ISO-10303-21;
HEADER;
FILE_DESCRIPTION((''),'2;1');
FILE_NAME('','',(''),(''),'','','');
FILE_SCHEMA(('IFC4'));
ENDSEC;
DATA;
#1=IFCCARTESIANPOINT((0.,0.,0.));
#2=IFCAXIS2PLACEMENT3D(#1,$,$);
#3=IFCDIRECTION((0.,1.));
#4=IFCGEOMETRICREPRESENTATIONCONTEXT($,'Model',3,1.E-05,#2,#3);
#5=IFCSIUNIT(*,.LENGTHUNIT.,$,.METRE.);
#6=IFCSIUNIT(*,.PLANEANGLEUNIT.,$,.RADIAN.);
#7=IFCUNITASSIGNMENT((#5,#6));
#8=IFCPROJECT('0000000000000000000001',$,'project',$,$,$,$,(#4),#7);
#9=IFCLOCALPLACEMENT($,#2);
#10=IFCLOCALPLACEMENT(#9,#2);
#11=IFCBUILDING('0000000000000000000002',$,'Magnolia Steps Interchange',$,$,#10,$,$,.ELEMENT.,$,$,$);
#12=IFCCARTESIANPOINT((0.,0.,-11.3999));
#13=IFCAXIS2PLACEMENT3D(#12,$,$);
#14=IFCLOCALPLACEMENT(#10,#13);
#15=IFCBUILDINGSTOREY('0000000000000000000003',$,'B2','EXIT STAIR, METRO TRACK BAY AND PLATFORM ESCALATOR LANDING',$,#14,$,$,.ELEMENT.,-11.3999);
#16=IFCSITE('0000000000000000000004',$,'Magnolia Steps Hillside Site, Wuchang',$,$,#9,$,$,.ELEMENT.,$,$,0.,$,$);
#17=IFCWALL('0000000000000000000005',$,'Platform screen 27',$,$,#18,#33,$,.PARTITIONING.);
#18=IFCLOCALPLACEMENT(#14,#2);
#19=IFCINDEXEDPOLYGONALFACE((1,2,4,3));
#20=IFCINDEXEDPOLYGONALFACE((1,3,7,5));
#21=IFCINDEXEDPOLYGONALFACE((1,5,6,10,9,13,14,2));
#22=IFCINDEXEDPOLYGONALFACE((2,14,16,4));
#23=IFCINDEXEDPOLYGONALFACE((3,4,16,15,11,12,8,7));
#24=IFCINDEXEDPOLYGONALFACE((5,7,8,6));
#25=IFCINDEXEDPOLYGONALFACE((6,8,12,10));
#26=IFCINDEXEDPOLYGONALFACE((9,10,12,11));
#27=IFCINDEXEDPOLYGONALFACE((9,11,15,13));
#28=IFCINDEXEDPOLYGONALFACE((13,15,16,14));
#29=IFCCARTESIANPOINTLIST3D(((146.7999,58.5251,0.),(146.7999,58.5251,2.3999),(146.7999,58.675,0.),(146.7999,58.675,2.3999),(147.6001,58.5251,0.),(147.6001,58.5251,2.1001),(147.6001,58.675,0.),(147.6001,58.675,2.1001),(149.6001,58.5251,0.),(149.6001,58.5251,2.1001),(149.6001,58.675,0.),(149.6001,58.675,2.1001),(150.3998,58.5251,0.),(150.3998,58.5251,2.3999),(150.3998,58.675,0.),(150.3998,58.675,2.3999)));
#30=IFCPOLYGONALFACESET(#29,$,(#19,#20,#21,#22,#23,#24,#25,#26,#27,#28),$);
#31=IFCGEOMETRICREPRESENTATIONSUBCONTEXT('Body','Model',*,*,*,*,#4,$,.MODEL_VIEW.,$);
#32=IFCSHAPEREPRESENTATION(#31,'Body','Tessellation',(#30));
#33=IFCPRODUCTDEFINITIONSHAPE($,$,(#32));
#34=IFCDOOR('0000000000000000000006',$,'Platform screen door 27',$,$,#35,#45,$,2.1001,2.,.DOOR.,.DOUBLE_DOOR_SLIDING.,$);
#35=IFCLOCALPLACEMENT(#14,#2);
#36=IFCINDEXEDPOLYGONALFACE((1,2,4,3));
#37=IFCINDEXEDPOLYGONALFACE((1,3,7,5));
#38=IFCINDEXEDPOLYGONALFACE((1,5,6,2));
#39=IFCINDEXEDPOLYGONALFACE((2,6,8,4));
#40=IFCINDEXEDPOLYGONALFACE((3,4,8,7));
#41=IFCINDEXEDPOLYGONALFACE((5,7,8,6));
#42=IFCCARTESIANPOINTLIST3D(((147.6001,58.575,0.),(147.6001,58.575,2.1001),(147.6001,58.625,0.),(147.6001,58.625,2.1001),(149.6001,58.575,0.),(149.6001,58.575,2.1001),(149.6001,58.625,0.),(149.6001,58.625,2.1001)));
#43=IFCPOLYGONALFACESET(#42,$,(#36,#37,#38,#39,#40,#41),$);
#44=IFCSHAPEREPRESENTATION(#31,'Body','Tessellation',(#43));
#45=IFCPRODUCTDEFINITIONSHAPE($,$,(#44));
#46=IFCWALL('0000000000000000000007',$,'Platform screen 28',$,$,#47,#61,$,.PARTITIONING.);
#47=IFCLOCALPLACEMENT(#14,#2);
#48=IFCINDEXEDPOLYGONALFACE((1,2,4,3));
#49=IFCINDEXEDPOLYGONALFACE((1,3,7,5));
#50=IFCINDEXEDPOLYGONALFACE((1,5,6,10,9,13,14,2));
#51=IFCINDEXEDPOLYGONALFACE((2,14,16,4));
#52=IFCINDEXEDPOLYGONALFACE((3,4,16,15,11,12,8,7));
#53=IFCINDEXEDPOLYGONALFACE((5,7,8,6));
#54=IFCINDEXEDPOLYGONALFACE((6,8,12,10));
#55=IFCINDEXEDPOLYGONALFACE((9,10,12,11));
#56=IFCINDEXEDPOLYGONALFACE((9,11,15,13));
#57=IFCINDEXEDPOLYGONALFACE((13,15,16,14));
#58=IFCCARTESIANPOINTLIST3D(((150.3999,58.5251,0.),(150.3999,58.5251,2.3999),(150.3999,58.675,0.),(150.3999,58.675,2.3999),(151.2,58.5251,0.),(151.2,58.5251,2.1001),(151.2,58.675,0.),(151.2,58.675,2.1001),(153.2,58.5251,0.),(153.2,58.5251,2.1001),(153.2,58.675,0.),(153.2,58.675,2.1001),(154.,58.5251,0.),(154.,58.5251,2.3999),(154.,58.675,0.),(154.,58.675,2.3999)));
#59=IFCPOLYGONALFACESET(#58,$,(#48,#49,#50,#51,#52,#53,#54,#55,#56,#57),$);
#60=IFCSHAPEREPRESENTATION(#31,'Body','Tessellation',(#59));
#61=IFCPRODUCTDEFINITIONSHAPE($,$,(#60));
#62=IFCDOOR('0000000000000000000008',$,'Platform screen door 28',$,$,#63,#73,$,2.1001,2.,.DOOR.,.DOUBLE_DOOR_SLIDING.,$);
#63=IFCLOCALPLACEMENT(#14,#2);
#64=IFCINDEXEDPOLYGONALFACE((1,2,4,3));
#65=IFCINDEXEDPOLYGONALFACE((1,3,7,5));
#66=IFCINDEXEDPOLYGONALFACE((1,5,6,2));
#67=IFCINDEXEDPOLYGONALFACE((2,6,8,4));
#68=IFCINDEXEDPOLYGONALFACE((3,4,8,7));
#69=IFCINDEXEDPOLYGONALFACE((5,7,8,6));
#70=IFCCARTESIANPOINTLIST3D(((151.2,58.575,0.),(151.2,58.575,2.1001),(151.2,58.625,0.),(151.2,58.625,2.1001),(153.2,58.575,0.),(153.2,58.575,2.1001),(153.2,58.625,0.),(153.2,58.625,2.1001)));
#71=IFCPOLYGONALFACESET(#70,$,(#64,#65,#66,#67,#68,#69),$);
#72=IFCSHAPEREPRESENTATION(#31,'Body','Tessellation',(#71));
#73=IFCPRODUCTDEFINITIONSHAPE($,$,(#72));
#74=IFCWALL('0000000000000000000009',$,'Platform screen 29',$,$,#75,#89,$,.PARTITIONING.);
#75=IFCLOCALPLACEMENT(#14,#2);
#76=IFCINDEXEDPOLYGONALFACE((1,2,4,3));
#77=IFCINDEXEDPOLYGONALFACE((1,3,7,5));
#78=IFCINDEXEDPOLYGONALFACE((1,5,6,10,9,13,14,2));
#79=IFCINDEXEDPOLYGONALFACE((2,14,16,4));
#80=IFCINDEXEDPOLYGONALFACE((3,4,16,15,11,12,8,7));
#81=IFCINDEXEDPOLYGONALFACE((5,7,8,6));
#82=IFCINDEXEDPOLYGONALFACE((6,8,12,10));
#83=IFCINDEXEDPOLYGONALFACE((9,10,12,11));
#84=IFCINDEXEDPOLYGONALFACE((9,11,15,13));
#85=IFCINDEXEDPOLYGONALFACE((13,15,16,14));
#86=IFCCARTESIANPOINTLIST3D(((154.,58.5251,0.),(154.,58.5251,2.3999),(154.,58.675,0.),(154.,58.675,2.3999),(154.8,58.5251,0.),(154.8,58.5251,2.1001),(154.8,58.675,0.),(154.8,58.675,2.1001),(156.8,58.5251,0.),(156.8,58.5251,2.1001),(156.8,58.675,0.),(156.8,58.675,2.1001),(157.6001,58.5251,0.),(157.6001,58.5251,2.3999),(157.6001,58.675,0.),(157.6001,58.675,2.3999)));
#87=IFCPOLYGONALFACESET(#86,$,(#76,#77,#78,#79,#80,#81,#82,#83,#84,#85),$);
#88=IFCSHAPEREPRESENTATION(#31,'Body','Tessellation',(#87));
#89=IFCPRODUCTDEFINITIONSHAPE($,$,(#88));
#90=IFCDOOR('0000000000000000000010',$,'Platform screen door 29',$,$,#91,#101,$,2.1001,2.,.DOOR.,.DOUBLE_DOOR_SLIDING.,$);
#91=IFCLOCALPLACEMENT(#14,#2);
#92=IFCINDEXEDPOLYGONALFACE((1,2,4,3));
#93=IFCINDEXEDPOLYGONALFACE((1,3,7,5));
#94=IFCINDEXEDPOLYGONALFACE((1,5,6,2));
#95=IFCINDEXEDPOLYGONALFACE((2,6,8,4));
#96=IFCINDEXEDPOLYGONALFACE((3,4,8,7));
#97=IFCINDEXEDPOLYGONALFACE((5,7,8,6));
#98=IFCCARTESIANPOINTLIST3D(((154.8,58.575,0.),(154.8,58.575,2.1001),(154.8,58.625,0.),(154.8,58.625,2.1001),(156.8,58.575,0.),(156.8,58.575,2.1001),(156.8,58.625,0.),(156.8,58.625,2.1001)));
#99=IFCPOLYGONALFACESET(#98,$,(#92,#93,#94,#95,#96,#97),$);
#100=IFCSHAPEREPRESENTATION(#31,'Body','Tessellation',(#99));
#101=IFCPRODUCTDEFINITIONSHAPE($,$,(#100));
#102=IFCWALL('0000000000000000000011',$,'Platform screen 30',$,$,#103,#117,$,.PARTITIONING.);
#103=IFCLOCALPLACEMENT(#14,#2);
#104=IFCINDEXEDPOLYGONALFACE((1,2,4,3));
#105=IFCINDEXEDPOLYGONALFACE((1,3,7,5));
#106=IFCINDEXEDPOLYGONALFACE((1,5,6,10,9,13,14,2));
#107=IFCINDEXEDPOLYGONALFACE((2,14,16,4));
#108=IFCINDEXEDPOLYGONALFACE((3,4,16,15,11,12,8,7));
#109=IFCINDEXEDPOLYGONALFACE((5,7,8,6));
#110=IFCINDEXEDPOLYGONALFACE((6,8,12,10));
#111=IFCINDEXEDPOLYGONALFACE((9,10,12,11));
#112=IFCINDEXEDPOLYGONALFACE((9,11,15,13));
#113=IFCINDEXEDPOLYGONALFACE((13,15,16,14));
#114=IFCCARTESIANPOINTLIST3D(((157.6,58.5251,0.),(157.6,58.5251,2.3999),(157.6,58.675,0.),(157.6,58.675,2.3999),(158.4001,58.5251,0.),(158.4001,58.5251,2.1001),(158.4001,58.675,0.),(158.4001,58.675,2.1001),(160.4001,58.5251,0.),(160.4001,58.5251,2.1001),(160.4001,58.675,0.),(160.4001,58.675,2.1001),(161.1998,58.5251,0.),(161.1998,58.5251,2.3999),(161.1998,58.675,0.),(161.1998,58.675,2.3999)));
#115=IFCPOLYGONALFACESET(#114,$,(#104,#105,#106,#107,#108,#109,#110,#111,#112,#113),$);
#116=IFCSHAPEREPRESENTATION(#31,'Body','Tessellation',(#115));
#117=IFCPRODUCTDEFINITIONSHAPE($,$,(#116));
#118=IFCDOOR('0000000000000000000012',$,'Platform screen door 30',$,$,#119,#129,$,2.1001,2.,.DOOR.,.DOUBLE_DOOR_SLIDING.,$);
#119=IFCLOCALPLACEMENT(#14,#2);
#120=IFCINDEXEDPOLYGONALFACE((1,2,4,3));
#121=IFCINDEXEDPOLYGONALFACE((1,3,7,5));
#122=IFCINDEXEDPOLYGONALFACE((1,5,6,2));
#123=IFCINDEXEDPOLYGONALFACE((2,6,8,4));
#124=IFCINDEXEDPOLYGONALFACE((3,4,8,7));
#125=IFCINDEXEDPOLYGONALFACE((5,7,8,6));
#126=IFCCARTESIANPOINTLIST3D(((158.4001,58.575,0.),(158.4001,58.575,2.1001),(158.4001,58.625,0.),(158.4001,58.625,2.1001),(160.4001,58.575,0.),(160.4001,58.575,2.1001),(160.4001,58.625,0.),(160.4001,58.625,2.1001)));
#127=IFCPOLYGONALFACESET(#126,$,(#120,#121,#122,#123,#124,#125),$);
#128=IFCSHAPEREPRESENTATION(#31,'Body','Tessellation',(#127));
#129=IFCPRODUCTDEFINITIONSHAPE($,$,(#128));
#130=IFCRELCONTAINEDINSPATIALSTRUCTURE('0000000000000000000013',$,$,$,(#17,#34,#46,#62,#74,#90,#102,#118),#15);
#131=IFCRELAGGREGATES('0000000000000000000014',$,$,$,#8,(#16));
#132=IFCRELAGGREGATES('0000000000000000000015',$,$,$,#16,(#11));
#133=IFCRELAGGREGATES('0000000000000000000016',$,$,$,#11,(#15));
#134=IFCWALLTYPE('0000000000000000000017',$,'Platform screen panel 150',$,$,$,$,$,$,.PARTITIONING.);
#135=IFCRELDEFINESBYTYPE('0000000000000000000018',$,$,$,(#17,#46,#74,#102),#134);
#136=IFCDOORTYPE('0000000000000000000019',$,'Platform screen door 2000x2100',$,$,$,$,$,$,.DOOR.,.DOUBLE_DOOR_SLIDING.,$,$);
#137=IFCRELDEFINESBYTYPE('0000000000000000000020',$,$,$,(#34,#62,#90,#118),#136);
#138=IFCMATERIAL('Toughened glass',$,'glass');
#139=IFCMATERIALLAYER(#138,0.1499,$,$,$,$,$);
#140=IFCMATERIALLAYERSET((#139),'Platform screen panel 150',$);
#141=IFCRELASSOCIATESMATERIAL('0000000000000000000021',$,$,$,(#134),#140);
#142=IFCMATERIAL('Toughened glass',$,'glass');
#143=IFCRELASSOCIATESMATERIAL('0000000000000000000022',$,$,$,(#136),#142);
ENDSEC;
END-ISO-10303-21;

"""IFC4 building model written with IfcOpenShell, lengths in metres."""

from ifc_helpers import new_model, si_unit, direction, frame, frame_2d, origin, place, context, subcontext, project, spatial, rectangle, extrude, material, layer, layer_set, type_object, element, fill, save


model = new_model("IFC4")

# Units and contexts
model_context = context("Model", 3, precision=1e-05, world=origin(), true_north=direction((0.0, 1.0)))
body_context = subcontext(model_context, "Body", "Model", "MODEL_VIEW")
ifc_project = project(units=[si_unit("LENGTHUNIT", "METRE"), si_unit("PLANEANGLEUNIT", "RADIAN")], contexts=[model_context])

# Site, building, storey
site_placement = place(None, origin())
site = spatial("IfcSite", under=ifc_project, at=site_placement, Name="Magnolia Steps Hillside Site, Wuchang", CompositionType="ELEMENT", RefElevation=0.0)
building_placement = place(site_placement, origin())
building = spatial("IfcBuilding", under=site, at=building_placement, Name="Magnolia Steps Interchange", CompositionType="ELEMENT")
storey_placement = place(building_placement, frame((0.0, 0.0, -11.3999)))
storey = spatial("IfcBuildingStorey", under=building, at=storey_placement, Name="B2", Description="EXIT STAIR, METRO TRACK BAY AND PLATFORM ESCALATOR LANDING", CompositionType="ELEMENT", Elevation=-11.3999)

# Walls, openings, doors
ifc_material_1 = material(Name="Toughened glass", Category="glass")
ifc_layer_1 = layer(ifc_material_1, 0.1499)
ifc_layer_set_1 = layer_set([ifc_layer_1], Name="Platform screen panel 150")
wall_type_1 = type_object("IfcWallType", Name="Platform screen panel 150", PredefinedType="PARTITIONING", material=ifc_layer_set_1)
wall_1_placement = place(storey_placement, frame((146.8, 58.6001, 0.0), z_axis=(0.0, 0.0, 1.0), x_axis=(1.0, 0.0, 0.0)))
wall_1 = element("IfcWall", 1, at=wall_1_placement, inside=storey, type_object=wall_type_1, Name="Platform screen 27", PredefinedType="PARTITIONING", context=body_context, shape_type="SweptSolid", body=[
    extrude(rectangle(XDim=3.5999, YDim=0.1499, at=frame_2d((1.7998, 0.0))), origin(), (0.0, 0.0, 1.0), 2.3999),
])
opening_1_placement = place(wall_1_placement, frame((0.8, 0.0, 0.0)))
opening_1 = element("IfcOpeningElement", 2, at=opening_1_placement, cuts=wall_1, PredefinedType="OPENING", context=body_context, shape_type="SweptSolid", body=[
    extrude(rectangle(XDim=2.0, YDim=2.1001, at=frame_2d((1.0, 1.05))), frame((0.0, 0.085, 0.0), z_axis=(0.0, -1.0, 0.0), x_axis=(1.0, 0.0, 0.0)), (0.0, 0.0, 1.0), 0.1699),
])
ifc_material_2 = material(Name="Toughened glass", Category="glass")
door_type_1 = type_object("IfcDoorType", Name="Platform screen door 2000x2100", OperationType="DOUBLE_DOOR_SLIDING", PredefinedType="DOOR", material=ifc_material_2)
door_1_placement = place(opening_1_placement, origin())
door_1 = element("IfcDoor", 3, at=door_1_placement, inside=storey, type_object=door_type_1, Name="Platform screen door 27", OperationType="DOUBLE_DOOR_SLIDING", OverallHeight=2.1001, OverallWidth=2.0, PredefinedType="DOOR", context=body_context, shape_type="SweptSolid", body=[
    extrude(rectangle(XDim=2.0, YDim=2.1001, at=frame_2d((1.0, 1.05))), frame((0.0, 0.0249, 0.0), z_axis=(0.0, -1.0, 0.0), x_axis=(1.0, 0.0, 0.0)), (0.0, 0.0, 1.0), 0.05),
])
fill(opening_1, door_1)
wall_2_placement = place(storey_placement, frame((150.3999, 58.6001, 0.0), z_axis=(0.0, 0.0, 1.0), x_axis=(1.0, 0.0, 0.0)))
wall_2 = element("IfcWall", 4, at=wall_2_placement, inside=storey, type_object=wall_type_1, Name="Platform screen 28", PredefinedType="PARTITIONING", context=body_context, shape_type="SweptSolid", body=[
    extrude(rectangle(XDim=3.6001, YDim=0.1499, at=frame_2d((1.8, 0.0))), origin(), (0.0, 0.0, 1.0), 2.3999),
])
opening_2_placement = place(wall_2_placement, frame((0.8, 0.0, 0.0)))
opening_2 = element("IfcOpeningElement", 5, at=opening_2_placement, cuts=wall_2, PredefinedType="OPENING", context=body_context, shape_type="SweptSolid", body=[
    extrude(rectangle(XDim=2.0, YDim=2.1001, at=frame_2d((1.0, 1.05))), frame((0.0, 0.085, 0.0), z_axis=(0.0, -1.0, 0.0), x_axis=(1.0, 0.0, 0.0)), (0.0, 0.0, 1.0), 0.1699),
])
door_2_placement = place(opening_2_placement, origin())
door_2 = element("IfcDoor", 6, at=door_2_placement, inside=storey, type_object=door_type_1, Name="Platform screen door 28", OperationType="DOUBLE_DOOR_SLIDING", OverallHeight=2.1001, OverallWidth=2.0, PredefinedType="DOOR", context=body_context, shape_type="SweptSolid", body=[
    extrude(rectangle(XDim=2.0, YDim=2.1001, at=frame_2d((1.0, 1.05))), frame((0.0, 0.0249, 0.0), z_axis=(0.0, -1.0, 0.0), x_axis=(1.0, 0.0, 0.0)), (0.0, 0.0, 1.0), 0.05),
])
fill(opening_2, door_2)
wall_3_placement = place(storey_placement, frame((154.0, 58.6001, 0.0), z_axis=(0.0, 0.0, 1.0), x_axis=(1.0, 0.0, 0.0)))
wall_3 = element("IfcWall", 7, at=wall_3_placement, inside=storey, type_object=wall_type_1, Name="Platform screen 29", PredefinedType="PARTITIONING", context=body_context, shape_type="SweptSolid", body=[
    extrude(rectangle(XDim=3.6001, YDim=0.1499, at=frame_2d((1.8, 0.0))), origin(), (0.0, 0.0, 1.0), 2.3999),
])
opening_3_placement = place(wall_3_placement, frame((0.8, 0.0, 0.0)))
opening_3 = element("IfcOpeningElement", 8, at=opening_3_placement, cuts=wall_3, PredefinedType="OPENING", context=body_context, shape_type="SweptSolid", body=[
    extrude(rectangle(XDim=2.0, YDim=2.1001, at=frame_2d((1.0, 1.05))), frame((0.0, 0.085, 0.0), z_axis=(0.0, -1.0, 0.0), x_axis=(1.0, 0.0, 0.0)), (0.0, 0.0, 1.0), 0.1699),
])
door_3_placement = place(opening_3_placement, origin())
door_3 = element("IfcDoor", 9, at=door_3_placement, inside=storey, type_object=door_type_1, Name="Platform screen door 29", OperationType="DOUBLE_DOOR_SLIDING", OverallHeight=2.1001, OverallWidth=2.0, PredefinedType="DOOR", context=body_context, shape_type="SweptSolid", body=[
    extrude(rectangle(XDim=2.0, YDim=2.1001, at=frame_2d((1.0, 1.05))), frame((0.0, 0.0249, 0.0), z_axis=(0.0, -1.0, 0.0), x_axis=(1.0, 0.0, 0.0)), (0.0, 0.0, 1.0), 0.05),
])
fill(opening_3, door_3)
wall_4_placement = place(storey_placement, frame((157.6001, 58.6001, 0.0), z_axis=(0.0, 0.0, 1.0), x_axis=(1.0, 0.0, 0.0)))
wall_4 = element("IfcWall", 10, at=wall_4_placement, inside=storey, type_object=wall_type_1, Name="Platform screen 30", PredefinedType="PARTITIONING", context=body_context, shape_type="SweptSolid", body=[
    extrude(rectangle(XDim=3.5999, YDim=0.1499, at=frame_2d((1.7998, 0.0))), origin(), (0.0, 0.0, 1.0), 2.3999),
])
opening_4_placement = place(wall_4_placement, frame((0.8, 0.0, 0.0)))
opening_4 = element("IfcOpeningElement", 11, at=opening_4_placement, cuts=wall_4, PredefinedType="OPENING", context=body_context, shape_type="SweptSolid", body=[
    extrude(rectangle(XDim=2.0, YDim=2.1001, at=frame_2d((1.0, 1.05))), frame((0.0, 0.085, 0.0), z_axis=(0.0, -1.0, 0.0), x_axis=(1.0, 0.0, 0.0)), (0.0, 0.0, 1.0), 0.1699),
])
door_4_placement = place(opening_4_placement, origin())
door_4 = element("IfcDoor", 12, at=door_4_placement, inside=storey, type_object=door_type_1, Name="Platform screen door 30", OperationType="DOUBLE_DOOR_SLIDING", OverallHeight=2.1001, OverallWidth=2.0, PredefinedType="DOOR", context=body_context, shape_type="SweptSolid", body=[
    extrude(rectangle(XDim=2.0, YDim=2.1001, at=frame_2d((1.0, 1.05))), frame((0.0, 0.0249, 0.0), z_axis=(0.0, -1.0, 0.0), x_axis=(1.0, 0.0, 0.0)), (0.0, 0.0, 1.0), 0.05),
])
fill(opening_4, door_4)

save(model, "model.ifc")
